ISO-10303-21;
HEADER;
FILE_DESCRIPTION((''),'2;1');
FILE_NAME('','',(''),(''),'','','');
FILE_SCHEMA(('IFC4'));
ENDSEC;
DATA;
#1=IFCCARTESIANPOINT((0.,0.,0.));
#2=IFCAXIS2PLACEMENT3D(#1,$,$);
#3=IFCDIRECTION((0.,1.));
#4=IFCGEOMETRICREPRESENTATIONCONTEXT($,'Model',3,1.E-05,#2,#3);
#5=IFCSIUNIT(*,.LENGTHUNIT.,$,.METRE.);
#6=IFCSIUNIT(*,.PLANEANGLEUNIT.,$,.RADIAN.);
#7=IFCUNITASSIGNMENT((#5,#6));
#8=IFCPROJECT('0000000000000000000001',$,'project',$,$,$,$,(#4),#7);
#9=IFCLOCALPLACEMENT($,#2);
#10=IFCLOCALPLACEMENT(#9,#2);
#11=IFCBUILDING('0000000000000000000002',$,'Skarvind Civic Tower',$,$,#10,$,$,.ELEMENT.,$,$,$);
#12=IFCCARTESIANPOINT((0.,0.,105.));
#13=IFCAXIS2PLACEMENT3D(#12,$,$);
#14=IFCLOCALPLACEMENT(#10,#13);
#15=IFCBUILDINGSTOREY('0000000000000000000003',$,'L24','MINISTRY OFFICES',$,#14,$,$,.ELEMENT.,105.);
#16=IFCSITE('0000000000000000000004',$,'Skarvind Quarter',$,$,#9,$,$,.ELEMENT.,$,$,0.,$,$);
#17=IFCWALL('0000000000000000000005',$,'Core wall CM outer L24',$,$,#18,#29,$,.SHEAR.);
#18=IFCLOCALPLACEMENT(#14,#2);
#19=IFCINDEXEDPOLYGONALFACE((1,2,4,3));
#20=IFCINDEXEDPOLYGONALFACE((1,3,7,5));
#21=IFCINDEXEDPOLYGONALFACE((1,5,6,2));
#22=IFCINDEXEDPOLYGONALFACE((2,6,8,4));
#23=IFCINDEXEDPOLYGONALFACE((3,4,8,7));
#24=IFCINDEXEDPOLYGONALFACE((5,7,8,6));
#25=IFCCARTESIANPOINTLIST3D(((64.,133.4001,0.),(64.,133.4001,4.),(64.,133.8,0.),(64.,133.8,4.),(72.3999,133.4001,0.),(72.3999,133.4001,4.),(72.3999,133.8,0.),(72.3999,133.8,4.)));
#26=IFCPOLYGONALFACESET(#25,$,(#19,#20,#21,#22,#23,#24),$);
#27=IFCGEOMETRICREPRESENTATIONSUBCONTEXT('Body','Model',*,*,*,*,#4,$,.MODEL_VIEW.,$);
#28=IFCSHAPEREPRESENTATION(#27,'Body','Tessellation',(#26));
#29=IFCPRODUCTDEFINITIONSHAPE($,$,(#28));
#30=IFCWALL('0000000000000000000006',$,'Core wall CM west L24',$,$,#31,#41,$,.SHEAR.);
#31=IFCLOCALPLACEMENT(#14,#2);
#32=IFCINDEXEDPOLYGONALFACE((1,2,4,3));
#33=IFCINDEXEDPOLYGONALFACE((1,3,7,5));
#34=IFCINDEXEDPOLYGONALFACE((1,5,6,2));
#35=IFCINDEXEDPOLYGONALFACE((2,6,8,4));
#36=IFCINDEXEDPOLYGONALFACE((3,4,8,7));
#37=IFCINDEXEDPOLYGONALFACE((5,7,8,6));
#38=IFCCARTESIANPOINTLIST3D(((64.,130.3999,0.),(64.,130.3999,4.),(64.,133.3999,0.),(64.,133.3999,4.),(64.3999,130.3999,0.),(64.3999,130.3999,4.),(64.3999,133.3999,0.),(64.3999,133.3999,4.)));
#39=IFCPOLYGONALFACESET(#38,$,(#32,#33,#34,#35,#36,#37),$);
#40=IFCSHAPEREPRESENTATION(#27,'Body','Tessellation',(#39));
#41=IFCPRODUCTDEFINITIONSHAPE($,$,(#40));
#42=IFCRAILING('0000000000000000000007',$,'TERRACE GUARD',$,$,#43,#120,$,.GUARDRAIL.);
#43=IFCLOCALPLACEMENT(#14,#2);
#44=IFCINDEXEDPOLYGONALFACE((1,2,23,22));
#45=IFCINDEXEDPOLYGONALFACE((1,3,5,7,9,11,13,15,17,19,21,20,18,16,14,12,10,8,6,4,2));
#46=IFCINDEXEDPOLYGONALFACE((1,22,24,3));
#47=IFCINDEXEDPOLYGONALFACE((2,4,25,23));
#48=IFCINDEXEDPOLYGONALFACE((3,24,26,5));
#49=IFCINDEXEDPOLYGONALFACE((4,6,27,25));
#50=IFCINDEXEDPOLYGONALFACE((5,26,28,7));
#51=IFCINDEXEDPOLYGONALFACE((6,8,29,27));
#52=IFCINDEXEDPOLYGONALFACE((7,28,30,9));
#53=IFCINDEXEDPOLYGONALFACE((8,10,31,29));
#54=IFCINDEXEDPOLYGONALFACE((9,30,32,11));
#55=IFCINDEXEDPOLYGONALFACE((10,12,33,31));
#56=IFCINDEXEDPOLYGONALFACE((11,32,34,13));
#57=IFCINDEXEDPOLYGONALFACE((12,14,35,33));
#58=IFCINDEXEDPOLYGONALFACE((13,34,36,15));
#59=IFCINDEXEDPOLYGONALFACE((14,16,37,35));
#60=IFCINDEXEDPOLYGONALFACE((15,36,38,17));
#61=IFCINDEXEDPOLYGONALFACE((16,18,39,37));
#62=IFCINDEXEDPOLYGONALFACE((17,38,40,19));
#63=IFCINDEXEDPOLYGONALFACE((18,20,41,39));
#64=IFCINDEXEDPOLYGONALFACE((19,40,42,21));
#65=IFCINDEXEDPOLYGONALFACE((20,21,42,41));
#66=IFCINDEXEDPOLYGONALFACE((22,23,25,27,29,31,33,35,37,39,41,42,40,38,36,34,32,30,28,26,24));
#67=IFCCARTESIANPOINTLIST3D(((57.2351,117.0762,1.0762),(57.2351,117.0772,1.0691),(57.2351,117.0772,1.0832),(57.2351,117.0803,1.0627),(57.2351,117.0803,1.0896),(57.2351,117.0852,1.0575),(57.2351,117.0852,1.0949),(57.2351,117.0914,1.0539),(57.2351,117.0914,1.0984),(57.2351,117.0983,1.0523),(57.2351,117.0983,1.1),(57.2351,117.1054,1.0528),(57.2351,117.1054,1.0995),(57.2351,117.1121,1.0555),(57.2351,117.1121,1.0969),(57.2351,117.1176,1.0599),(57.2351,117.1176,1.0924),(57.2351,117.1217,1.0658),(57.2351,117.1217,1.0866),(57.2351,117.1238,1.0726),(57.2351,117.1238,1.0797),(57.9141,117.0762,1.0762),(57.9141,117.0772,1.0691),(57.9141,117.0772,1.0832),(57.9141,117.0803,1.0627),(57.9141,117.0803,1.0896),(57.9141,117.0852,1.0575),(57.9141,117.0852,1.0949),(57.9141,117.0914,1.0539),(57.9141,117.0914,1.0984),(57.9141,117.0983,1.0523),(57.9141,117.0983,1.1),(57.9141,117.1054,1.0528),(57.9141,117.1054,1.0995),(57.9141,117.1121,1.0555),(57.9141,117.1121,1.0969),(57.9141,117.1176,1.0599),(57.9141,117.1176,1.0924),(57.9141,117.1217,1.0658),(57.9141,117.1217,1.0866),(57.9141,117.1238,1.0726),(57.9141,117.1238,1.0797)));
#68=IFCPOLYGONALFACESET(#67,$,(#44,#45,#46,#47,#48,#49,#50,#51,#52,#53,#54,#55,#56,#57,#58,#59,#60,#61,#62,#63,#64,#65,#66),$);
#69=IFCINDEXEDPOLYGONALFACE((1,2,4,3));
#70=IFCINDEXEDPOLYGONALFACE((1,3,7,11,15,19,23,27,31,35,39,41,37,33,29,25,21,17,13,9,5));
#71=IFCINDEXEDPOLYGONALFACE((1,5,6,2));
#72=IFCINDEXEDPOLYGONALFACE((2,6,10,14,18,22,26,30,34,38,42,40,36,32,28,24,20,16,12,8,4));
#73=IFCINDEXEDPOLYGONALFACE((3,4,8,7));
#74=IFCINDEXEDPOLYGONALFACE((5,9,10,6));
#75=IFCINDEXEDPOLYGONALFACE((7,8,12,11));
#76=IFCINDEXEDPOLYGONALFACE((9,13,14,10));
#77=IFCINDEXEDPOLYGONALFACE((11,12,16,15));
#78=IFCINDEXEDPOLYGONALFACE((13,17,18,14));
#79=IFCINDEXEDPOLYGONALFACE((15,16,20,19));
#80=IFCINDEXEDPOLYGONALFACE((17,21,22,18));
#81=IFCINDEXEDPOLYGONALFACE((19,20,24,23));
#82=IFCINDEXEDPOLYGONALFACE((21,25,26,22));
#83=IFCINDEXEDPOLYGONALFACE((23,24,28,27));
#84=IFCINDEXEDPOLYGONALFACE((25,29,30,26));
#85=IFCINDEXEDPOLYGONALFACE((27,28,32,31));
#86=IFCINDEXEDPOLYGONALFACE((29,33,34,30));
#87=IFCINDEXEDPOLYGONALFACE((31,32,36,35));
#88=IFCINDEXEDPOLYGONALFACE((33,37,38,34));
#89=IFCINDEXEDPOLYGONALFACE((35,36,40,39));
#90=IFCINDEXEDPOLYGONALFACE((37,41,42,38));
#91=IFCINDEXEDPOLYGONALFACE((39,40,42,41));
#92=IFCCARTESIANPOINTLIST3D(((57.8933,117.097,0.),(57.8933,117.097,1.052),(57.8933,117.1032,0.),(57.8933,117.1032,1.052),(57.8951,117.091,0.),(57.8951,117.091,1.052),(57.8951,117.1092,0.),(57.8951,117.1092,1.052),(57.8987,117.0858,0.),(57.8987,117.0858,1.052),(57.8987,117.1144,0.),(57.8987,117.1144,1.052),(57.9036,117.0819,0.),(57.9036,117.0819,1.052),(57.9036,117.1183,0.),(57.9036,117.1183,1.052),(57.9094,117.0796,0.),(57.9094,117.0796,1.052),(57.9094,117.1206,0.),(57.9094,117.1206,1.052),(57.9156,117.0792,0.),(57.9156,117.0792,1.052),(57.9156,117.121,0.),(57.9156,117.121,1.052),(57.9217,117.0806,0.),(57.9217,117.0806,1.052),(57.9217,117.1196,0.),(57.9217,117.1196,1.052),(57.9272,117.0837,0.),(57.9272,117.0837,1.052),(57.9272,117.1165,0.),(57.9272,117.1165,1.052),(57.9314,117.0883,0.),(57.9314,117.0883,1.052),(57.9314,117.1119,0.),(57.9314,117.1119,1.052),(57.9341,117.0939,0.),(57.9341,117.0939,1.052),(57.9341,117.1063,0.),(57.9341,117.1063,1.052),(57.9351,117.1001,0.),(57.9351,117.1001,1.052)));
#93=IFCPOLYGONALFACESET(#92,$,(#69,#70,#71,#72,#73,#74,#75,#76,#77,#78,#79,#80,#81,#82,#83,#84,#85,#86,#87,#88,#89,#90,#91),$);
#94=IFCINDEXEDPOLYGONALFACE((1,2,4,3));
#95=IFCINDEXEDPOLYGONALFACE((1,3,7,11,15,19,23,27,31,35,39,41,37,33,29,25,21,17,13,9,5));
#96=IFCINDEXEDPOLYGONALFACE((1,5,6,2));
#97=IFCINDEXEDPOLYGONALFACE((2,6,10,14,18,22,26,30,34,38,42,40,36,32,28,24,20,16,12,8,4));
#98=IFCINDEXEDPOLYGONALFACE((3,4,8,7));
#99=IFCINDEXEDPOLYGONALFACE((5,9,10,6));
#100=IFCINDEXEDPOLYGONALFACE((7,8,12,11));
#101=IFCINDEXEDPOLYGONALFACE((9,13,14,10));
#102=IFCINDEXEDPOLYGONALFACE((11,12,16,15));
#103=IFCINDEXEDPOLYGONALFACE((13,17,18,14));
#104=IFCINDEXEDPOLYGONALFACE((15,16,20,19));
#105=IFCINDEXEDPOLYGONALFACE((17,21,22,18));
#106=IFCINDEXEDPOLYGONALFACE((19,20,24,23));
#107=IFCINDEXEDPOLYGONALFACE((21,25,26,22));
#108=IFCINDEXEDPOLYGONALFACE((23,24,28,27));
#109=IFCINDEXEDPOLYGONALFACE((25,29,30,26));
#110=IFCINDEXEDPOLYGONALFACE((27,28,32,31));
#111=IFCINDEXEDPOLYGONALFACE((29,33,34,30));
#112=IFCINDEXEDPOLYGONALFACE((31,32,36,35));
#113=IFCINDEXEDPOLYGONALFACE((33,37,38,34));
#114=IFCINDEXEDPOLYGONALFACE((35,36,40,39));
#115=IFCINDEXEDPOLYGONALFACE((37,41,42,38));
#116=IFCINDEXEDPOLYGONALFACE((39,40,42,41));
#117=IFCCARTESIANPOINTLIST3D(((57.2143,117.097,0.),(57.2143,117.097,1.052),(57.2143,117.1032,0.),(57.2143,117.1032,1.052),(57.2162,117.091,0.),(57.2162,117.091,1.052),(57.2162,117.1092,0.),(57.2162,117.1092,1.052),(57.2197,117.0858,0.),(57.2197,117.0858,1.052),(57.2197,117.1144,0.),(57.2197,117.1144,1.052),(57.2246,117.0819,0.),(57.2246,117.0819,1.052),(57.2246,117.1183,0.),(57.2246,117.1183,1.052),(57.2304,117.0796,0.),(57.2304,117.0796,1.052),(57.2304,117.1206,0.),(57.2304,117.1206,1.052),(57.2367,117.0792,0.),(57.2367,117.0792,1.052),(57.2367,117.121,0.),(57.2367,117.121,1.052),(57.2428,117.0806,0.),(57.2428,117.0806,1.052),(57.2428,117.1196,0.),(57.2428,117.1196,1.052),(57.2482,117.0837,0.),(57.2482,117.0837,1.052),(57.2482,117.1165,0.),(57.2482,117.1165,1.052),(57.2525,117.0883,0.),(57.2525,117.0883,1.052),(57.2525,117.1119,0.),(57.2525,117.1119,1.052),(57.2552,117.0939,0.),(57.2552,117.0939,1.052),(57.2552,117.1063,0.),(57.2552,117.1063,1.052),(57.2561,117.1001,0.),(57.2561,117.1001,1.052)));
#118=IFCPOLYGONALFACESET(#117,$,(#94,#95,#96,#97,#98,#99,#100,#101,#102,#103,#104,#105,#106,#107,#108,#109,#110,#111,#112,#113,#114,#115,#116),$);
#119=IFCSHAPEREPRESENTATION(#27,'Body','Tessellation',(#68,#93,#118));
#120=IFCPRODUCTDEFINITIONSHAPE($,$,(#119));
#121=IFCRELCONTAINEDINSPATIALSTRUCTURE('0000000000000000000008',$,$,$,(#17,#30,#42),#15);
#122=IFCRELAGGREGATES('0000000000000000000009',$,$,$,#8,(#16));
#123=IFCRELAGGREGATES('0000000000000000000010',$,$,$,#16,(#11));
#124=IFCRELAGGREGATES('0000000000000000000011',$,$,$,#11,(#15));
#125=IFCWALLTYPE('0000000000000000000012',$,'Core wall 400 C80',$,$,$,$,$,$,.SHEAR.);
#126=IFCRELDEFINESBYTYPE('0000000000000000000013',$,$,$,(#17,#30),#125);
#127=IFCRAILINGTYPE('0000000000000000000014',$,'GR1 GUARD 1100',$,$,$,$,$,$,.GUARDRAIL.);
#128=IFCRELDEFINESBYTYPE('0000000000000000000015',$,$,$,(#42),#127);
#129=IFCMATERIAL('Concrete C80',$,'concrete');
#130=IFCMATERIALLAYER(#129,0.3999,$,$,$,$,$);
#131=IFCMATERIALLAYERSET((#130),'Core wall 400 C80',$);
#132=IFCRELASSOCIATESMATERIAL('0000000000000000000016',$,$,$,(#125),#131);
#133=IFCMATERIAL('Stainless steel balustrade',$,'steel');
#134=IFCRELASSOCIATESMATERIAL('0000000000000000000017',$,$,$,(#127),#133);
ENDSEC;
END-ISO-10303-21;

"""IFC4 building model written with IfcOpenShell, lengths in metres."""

from ifc_helpers import new_model, si_unit, direction, frame, frame_2d, origin, origin_2d, place, context, subcontext, project, spatial, rectangle, circle, extrude, material, layer, layer_set, type_object, element, save


model = new_model("IFC4")

# Units and contexts
model_context = context("Model", 3, precision=1e-05, world=origin(), true_north=direction((0.0, 1.0)))
body_context = subcontext(model_context, "Body", "Model", "MODEL_VIEW")
ifc_project = project(units=[si_unit("LENGTHUNIT", "METRE"), si_unit("PLANEANGLEUNIT", "RADIAN")], contexts=[model_context])

# Site, building, storey
site_placement = place(None, origin())
site = spatial("IfcSite", under=ifc_project, at=site_placement, Name="Skarvind Quarter", CompositionType="ELEMENT", RefElevation=0.0)
building_placement = place(site_placement, origin())
building = spatial("IfcBuilding", under=site, at=building_placement, Name="Skarvind Civic Tower", CompositionType="ELEMENT")
storey_placement = place(building_placement, frame((0.0, 0.0, 105.0)))
storey = spatial("IfcBuildingStorey", under=building, at=storey_placement, Name="L24", Description="MINISTRY OFFICES", CompositionType="ELEMENT", Elevation=105.0)

# Shared definitions
ifc_material_1 = material(Name="Concrete C80", Category="concrete")

# Shared definitions
ifc_layer_1 = layer(ifc_material_1, 0.3999)
ifc_layer_set_1 = layer_set([ifc_layer_1], Name="Core wall 400 C80")
wall_type_1 = type_object("IfcWallType", Name="Core wall 400 C80", PredefinedType="SHEAR", material=ifc_layer_set_1)

# Walls
wall_1_placement = place(storey_placement, frame((64.0, 133.6001, 0.0), z_axis=(0.0, 0.0, 1.0), x_axis=(1.0, 0.0, 0.0)))
element("IfcWall", 1, at=wall_1_placement, inside=storey, type_object=wall_type_1, Name="Core wall CM outer L24", PredefinedType="SHEAR", context=body_context, shape_type="SweptSolid", body=[
    extrude(rectangle(XDim=8.3999, YDim=0.3999, at=frame_2d((4.2, 0.0))), origin(), (0.0, 0.0, 1.0), 4.0),
])
wall_2_placement = place(storey_placement, frame((64.2, 130.3999, 0.0), z_axis=(0.0, 0.0, 1.0), x_axis=(0.0, 1.0, 0.0)))
element("IfcWall", 2, at=wall_2_placement, inside=storey, type_object=wall_type_1, Name="Core wall CM west L24", PredefinedType="SHEAR", context=body_context, shape_type="SweptSolid", body=[
    extrude(rectangle(XDim=3.0, YDim=0.3999, at=frame_2d((1.5, 0.0))), origin(), (0.0, 0.0, 1.0), 4.0),
])

# Railing
ifc_material_2 = material(Name="Stainless steel balustrade", Category="steel")
railing_type_1 = type_object("IfcRailingType", Name="GR1 GUARD 1100", PredefinedType="GUARDRAIL", material=ifc_material_2)
railing_1_placement = place(storey_placement, frame((57.9141, 117.1001, 0.0)))
element("IfcRailing", 3, at=railing_1_placement, inside=storey, type_object=railing_type_1, Name="TERRACE GUARD", PredefinedType="GUARDRAIL", context=body_context, shape_type="SweptSolid", body=[
    extrude(circle(Radius=0.0239, at=origin_2d()), frame((0.0, 0.0, 1.0762), z_axis=(-1.0, 0.0, 0.0), x_axis=(0.0, -1.0, 0.0)), (0.0, 0.0, 1.0), 0.679),
    extrude(circle(Radius=0.021, at=origin_2d()), origin(), (0.0, 0.0, 1.0), 1.052),
    extrude(circle(Radius=0.021, at=origin_2d()), frame((-0.679, 0.0, 0.0)), (0.0, 0.0, 1.0), 1.052),
])

save(model, "model.ifc")
